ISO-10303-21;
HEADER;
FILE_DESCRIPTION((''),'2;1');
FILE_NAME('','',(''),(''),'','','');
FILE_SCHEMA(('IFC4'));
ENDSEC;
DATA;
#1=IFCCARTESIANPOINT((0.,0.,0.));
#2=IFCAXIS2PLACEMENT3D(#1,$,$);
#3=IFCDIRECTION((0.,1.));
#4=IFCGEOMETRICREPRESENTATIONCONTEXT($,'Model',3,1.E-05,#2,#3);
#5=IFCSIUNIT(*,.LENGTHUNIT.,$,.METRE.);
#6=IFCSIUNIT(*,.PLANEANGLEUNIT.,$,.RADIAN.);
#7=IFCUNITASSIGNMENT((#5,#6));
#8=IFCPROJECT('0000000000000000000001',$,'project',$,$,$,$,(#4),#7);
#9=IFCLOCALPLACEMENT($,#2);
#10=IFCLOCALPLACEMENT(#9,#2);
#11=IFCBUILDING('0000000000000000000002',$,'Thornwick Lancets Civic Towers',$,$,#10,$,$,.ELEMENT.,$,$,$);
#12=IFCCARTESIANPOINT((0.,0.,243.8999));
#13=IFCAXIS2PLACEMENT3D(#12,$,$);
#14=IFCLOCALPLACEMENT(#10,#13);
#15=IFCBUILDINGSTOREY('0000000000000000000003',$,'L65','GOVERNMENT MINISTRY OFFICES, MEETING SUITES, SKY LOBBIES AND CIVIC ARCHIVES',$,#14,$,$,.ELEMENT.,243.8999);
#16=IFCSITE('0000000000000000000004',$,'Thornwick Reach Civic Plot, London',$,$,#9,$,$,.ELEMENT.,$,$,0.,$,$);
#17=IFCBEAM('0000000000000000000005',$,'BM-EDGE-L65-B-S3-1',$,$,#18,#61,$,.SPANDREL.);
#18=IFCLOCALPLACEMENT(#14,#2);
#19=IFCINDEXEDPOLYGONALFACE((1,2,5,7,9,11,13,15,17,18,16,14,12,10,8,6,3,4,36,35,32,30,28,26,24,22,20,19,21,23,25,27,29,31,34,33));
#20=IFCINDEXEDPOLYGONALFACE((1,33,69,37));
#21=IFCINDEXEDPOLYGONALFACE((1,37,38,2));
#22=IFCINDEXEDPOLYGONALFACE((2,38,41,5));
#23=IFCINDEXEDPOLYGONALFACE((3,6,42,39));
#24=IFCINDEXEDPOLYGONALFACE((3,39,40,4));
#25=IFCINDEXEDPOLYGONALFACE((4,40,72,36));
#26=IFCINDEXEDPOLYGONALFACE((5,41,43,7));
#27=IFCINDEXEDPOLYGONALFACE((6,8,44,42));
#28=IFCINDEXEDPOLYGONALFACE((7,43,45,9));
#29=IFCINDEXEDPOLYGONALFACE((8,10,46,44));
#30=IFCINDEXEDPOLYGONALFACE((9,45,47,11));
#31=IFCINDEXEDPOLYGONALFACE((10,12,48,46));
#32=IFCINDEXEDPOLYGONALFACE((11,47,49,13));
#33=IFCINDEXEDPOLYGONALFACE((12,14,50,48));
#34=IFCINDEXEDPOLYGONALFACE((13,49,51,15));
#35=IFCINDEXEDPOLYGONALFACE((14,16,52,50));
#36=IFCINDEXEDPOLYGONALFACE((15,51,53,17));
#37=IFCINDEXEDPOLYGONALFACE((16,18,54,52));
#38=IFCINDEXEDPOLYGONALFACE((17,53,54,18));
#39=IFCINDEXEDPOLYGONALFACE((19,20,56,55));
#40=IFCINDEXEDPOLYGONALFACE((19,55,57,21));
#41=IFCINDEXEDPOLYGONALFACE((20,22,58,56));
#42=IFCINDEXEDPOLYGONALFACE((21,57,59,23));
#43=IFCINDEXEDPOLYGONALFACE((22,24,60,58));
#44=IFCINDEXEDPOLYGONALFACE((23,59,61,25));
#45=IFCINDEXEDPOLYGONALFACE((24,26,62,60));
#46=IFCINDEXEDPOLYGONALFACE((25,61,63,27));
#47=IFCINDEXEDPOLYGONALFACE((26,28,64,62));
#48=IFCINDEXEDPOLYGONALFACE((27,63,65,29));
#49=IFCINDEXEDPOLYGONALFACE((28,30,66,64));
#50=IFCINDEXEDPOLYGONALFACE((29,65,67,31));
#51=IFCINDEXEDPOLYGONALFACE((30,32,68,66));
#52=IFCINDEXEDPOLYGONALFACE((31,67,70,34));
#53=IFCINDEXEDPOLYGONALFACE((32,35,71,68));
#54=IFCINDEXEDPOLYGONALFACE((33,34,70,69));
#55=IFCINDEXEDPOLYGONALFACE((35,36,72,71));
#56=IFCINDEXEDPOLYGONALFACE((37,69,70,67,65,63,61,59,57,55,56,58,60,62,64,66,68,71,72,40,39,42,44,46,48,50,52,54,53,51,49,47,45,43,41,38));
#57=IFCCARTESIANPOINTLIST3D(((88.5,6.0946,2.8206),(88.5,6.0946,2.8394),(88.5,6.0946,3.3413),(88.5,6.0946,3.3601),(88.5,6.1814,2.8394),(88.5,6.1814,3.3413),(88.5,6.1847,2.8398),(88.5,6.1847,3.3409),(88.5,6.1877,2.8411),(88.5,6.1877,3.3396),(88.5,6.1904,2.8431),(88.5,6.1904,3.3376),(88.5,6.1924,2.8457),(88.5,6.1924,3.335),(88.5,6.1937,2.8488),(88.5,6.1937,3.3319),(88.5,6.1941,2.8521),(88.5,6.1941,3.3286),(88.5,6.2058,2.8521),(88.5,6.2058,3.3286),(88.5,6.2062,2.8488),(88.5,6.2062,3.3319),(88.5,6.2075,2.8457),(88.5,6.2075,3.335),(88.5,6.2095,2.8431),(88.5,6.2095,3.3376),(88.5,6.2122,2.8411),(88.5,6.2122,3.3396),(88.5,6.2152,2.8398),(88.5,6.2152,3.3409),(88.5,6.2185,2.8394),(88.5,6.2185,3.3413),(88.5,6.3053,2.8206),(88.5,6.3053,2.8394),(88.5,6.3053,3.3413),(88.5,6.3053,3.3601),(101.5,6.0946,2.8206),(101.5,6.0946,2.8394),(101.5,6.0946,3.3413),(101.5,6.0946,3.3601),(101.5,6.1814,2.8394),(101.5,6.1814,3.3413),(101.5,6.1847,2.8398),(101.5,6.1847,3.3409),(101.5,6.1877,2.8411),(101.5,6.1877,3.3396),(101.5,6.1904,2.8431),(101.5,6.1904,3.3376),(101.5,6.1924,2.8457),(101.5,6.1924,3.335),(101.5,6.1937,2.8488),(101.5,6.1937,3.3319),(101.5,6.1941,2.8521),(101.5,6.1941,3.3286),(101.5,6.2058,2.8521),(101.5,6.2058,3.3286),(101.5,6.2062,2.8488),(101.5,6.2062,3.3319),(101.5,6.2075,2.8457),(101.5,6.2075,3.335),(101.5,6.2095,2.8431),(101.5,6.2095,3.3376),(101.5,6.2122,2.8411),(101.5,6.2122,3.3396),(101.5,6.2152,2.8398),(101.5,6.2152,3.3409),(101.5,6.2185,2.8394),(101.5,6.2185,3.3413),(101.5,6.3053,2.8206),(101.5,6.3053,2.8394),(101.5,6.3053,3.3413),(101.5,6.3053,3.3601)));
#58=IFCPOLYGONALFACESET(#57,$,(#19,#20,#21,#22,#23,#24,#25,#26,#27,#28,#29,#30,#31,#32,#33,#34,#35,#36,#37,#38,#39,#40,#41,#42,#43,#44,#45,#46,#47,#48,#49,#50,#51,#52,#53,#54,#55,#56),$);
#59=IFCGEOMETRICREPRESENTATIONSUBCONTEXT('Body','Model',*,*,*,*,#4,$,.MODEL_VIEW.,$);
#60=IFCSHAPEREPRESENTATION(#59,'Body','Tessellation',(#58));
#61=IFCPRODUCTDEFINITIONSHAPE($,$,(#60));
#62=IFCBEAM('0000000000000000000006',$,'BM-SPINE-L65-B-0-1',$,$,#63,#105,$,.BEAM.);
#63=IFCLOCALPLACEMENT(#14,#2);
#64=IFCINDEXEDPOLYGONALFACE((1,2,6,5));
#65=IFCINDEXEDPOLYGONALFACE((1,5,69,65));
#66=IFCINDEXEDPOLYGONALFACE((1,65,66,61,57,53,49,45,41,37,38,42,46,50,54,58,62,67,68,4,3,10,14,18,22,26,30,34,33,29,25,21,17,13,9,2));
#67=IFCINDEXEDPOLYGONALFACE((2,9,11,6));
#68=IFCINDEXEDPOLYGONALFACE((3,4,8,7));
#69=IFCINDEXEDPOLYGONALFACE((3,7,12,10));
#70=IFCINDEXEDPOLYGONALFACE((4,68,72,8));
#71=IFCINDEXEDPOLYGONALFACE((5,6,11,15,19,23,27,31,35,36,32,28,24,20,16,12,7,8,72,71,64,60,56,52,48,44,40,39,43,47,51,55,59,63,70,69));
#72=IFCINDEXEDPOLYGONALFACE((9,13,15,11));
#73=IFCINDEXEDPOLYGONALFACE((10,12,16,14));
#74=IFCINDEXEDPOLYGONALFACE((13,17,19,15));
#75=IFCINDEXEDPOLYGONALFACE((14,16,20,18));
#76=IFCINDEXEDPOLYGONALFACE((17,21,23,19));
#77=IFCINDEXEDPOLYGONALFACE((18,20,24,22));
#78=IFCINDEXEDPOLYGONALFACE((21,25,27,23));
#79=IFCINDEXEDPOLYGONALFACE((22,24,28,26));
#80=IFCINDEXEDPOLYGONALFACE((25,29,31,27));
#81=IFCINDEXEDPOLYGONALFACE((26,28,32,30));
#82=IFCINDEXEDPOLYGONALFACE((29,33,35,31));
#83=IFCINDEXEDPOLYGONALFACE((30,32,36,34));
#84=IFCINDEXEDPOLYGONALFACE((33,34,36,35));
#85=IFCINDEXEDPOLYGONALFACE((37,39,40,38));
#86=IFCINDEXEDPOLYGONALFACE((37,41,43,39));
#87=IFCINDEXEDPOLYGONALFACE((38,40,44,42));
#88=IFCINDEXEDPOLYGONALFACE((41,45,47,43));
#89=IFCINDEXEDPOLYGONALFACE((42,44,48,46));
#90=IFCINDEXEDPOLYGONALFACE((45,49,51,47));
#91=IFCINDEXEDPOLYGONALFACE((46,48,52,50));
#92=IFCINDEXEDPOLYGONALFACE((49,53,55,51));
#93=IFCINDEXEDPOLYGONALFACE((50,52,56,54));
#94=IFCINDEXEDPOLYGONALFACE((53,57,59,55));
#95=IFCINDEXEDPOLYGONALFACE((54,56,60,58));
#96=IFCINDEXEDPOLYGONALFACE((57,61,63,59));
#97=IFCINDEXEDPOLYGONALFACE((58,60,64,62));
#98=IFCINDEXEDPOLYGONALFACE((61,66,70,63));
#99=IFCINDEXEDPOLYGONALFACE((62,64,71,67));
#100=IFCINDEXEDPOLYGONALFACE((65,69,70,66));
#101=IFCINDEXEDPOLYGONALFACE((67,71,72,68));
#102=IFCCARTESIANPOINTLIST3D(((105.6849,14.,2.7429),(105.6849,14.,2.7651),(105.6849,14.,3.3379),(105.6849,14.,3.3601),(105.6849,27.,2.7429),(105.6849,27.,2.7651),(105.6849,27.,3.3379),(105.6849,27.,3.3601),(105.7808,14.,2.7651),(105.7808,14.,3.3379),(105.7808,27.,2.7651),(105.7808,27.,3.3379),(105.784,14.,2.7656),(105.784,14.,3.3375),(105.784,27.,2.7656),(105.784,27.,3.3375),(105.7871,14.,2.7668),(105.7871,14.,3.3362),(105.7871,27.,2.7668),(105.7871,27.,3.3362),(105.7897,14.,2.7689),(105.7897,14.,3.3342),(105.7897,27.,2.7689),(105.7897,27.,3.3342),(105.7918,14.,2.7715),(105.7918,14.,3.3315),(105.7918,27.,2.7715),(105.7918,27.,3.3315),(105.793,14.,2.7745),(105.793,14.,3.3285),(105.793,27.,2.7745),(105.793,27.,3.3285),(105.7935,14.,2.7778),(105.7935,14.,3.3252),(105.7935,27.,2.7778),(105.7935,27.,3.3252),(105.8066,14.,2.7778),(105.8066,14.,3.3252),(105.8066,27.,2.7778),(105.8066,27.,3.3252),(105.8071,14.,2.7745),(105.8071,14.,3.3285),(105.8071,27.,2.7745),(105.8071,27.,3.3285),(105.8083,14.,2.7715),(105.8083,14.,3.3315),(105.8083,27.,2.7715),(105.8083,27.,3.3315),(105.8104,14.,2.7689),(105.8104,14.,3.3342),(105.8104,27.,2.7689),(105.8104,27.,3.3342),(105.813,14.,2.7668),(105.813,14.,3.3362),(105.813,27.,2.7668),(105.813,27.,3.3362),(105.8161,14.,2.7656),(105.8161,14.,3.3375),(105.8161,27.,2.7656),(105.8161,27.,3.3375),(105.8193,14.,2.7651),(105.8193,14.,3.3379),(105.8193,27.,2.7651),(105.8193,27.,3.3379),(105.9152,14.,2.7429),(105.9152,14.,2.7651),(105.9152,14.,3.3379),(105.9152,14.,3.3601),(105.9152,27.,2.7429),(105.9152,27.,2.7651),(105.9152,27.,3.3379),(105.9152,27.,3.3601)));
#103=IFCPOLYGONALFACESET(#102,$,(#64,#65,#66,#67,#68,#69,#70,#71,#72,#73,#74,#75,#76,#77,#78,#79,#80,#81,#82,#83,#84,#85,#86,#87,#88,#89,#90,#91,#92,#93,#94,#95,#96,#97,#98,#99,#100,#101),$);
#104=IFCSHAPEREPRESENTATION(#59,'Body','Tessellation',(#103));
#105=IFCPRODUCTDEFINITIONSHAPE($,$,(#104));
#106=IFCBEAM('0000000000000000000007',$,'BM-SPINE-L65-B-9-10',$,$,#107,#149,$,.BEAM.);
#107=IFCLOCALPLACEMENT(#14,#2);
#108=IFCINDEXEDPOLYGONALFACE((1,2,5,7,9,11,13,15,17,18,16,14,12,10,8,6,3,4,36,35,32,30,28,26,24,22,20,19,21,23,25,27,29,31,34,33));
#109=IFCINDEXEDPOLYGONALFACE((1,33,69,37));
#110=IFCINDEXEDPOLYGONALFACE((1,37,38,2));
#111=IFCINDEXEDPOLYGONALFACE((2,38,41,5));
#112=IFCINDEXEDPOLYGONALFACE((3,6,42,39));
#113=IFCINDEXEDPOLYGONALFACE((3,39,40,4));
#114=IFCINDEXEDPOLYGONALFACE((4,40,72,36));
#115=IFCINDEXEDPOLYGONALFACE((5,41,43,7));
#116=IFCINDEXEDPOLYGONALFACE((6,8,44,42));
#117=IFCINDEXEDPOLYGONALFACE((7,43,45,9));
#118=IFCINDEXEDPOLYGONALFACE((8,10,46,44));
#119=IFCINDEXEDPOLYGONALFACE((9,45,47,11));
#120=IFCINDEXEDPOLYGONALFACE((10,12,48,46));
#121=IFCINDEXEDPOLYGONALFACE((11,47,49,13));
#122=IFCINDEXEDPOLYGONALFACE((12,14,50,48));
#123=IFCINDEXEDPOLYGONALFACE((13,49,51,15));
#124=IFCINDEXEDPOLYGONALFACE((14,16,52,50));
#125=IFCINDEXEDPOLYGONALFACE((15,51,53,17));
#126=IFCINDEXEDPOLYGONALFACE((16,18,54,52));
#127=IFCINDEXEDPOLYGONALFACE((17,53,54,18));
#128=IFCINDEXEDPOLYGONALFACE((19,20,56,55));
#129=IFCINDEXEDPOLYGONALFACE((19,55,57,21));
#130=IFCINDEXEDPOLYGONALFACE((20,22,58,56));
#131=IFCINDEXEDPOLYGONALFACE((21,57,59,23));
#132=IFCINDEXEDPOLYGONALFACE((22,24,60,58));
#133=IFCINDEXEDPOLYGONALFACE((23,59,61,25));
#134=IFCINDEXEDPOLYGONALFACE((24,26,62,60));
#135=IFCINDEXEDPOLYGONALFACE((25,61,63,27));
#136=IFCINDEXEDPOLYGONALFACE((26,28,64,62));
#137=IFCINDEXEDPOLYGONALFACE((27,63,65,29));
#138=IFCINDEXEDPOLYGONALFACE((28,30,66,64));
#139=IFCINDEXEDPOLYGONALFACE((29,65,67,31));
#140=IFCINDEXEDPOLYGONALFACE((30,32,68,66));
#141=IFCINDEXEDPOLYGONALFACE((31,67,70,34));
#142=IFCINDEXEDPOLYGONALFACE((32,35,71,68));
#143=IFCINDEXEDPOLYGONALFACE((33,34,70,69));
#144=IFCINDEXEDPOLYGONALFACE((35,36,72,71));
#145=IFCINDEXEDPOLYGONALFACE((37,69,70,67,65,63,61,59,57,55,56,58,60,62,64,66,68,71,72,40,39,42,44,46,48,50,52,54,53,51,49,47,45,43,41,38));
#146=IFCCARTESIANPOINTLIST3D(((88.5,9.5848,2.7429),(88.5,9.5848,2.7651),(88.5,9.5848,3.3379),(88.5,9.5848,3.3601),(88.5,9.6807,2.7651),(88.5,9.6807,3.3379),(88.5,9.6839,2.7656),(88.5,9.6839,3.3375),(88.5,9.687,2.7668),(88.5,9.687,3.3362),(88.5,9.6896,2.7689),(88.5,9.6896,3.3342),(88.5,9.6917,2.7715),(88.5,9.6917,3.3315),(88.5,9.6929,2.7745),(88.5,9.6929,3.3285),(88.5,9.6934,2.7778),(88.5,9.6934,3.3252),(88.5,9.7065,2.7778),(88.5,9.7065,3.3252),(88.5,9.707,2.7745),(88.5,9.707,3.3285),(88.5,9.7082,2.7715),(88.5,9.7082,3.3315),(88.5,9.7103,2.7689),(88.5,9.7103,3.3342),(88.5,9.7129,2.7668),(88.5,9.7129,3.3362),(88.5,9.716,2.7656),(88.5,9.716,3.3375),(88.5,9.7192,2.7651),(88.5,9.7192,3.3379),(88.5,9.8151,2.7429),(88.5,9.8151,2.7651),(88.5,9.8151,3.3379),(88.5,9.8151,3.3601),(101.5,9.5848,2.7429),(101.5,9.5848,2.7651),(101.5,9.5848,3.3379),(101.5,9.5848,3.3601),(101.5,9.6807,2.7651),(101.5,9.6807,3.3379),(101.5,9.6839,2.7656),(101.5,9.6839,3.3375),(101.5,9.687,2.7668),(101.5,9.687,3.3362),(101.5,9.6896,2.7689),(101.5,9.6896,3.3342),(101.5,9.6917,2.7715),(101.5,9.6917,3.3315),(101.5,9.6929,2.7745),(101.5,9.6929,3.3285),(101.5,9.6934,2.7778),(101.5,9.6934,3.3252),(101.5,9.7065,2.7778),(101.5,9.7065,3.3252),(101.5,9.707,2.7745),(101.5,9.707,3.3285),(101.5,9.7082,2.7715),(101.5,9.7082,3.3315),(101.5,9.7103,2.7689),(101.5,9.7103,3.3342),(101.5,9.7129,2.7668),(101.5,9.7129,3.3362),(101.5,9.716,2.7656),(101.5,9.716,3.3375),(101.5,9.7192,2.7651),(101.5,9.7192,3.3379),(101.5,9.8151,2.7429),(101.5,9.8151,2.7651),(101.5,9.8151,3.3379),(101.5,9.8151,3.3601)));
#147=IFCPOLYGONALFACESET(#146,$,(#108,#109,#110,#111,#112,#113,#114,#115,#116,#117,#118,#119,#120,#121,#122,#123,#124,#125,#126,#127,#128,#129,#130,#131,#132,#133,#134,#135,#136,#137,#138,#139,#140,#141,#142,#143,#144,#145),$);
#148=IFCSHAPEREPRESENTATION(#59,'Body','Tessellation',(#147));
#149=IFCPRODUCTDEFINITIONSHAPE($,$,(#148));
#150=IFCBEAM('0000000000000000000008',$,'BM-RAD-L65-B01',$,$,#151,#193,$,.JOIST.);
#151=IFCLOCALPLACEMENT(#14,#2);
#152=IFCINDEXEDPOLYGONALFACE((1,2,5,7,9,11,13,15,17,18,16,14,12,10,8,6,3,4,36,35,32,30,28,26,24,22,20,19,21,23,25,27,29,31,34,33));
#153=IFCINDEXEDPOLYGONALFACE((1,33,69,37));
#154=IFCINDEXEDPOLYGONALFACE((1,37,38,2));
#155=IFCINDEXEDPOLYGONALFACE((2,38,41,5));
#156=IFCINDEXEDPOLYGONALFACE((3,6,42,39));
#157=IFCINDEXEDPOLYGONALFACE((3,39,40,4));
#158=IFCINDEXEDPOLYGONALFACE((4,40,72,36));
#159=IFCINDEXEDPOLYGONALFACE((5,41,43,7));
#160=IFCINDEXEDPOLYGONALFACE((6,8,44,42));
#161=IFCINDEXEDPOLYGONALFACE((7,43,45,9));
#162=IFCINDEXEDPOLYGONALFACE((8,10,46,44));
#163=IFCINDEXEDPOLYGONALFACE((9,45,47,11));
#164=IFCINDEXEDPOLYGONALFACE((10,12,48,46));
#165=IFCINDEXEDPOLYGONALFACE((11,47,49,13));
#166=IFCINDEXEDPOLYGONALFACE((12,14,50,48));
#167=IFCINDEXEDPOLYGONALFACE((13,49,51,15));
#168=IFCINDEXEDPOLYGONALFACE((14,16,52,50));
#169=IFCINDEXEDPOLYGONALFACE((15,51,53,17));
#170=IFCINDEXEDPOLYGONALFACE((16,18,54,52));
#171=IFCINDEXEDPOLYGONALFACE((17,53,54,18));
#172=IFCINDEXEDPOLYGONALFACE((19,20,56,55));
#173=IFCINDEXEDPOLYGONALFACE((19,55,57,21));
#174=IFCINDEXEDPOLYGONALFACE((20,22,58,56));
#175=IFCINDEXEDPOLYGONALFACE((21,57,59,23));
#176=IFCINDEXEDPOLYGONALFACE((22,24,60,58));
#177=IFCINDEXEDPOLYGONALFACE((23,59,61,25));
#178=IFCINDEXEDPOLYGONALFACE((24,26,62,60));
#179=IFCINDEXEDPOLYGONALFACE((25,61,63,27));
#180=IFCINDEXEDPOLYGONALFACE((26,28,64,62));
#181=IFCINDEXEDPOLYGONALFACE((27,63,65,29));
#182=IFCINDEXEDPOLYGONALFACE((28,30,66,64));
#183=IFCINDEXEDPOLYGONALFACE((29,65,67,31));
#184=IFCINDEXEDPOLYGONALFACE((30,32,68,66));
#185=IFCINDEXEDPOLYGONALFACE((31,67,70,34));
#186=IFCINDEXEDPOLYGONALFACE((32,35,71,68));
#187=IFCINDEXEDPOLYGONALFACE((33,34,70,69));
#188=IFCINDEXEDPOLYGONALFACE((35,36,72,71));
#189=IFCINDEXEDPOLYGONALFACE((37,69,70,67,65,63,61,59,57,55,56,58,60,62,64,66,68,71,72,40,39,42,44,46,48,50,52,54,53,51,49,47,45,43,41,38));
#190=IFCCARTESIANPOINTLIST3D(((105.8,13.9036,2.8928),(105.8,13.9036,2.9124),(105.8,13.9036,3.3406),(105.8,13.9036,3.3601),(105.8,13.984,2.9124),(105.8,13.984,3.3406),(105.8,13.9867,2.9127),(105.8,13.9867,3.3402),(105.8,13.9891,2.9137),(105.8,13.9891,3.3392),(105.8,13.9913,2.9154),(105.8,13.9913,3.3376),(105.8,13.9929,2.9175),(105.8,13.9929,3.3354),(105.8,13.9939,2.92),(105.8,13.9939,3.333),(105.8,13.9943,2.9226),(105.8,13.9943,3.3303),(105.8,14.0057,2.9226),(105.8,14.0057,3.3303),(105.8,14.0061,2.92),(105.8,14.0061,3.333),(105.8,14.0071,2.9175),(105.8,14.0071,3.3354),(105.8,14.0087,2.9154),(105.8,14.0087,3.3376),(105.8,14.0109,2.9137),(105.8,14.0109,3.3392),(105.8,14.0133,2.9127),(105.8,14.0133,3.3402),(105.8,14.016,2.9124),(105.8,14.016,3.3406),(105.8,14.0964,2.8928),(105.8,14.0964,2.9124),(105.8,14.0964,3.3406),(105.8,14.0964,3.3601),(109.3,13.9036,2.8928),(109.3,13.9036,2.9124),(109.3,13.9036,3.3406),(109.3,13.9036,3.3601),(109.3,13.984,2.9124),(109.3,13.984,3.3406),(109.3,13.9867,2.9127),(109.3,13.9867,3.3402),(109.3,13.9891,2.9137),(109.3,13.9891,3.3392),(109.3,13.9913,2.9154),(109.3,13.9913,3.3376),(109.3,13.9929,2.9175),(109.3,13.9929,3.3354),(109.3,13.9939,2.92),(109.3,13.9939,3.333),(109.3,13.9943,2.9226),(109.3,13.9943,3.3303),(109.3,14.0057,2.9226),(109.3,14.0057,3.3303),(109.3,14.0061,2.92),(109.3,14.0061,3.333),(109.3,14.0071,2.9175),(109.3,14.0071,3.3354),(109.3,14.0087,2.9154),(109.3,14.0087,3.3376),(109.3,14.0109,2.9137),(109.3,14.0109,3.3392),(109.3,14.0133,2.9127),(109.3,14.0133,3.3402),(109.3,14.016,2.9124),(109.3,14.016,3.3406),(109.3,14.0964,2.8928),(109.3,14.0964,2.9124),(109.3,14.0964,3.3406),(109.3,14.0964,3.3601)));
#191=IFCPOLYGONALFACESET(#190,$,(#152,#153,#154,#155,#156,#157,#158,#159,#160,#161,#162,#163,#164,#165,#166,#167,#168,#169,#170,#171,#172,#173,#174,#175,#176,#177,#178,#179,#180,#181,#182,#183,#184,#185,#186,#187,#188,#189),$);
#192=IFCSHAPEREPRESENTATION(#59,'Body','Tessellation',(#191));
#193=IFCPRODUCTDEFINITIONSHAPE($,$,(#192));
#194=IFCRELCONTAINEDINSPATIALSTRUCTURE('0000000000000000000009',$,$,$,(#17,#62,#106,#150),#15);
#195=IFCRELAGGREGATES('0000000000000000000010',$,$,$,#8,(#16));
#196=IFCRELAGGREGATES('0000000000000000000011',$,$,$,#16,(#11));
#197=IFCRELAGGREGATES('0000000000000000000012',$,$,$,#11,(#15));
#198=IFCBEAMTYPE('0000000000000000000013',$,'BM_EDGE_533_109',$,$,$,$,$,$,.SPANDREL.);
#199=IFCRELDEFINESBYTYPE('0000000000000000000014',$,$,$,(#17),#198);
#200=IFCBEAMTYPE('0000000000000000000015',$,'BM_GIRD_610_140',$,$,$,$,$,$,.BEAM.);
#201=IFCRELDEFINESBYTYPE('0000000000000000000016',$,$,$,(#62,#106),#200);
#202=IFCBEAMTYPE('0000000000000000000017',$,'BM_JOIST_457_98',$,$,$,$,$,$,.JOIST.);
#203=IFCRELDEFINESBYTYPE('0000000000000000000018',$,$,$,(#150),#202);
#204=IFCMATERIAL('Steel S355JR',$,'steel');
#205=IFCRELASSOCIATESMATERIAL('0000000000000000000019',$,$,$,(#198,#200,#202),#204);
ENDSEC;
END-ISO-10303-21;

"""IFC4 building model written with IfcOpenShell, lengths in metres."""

from ifc_helpers import new_model, si_unit, direction, frame, origin, origin_2d, place, context, subcontext, project, spatial, i_section, extrude, material, material_profile, profile_set, type_object, element, save


model = new_model("IFC4")

# Units and contexts
model_context = context("Model", 3, precision=1e-05, world=origin(), true_north=direction((0.0, 1.0)))
body_context = subcontext(model_context, "Body", "Model", "MODEL_VIEW")
ifc_project = project(units=[si_unit("LENGTHUNIT", "METRE"), si_unit("PLANEANGLEUNIT", "RADIAN")], contexts=[model_context])

# Site, building, storey
site_placement = place(None, origin())
site = spatial("IfcSite", under=ifc_project, at=site_placement, Name="Thornwick Reach Civic Plot, London", CompositionType="ELEMENT", RefElevation=0.0)
building_placement = place(site_placement, origin())
building = spatial("IfcBuilding", under=site, at=building_placement, Name="Thornwick Lancets Civic Towers", CompositionType="ELEMENT")
storey_placement = place(building_placement, frame((0.0, 0.0, 243.8999)))
storey = spatial("IfcBuildingStorey", under=building, at=storey_placement, Name="L65", Description="GOVERNMENT MINISTRY OFFICES, MEETING SUITES, SKY LOBBIES AND CIVIC ARCHIVES", CompositionType="ELEMENT", Elevation=243.8999)

# Shared definitions
ifc_material_1 = material(Name="Steel S355JR", Category="steel")

# Beams
ifc_material_profile_1 = material_profile(ifc_material_1, i_section(OverallWidth=0.2107, OverallDepth=0.5396, WebThickness=0.0117, FlangeThickness=0.0188, FilletRadius=0.0127, at=origin_2d()), Name="UKB 533x210x109")
ifc_profile_set_1 = profile_set([ifc_material_profile_1], Name="Steel S355JR")
beam_type_1 = type_object("IfcBeamType", Name="BM_EDGE_533_109", PredefinedType="SPANDREL", material=ifc_profile_set_1)
for number, where, z_axis, x_axis, name in (
    (1, (101.5, 6.2, 3.0903), (-1.0, 0.0, 0.0), (0.0, -1.0, 0.0), "BM-EDGE-L65-B-S3-1"),
):
    element("IfcBeam", number, at=place(storey_placement, frame(where, z_axis=z_axis, x_axis=x_axis)), inside=storey, type_object=beam_type_1, Name=name, PredefinedType="SPANDREL", context=body_context, shape_type="SweptSolid", body=[
        extrude(i_section(OverallWidth=0.2107, OverallDepth=0.5396, WebThickness=0.0117, FlangeThickness=0.0188, FilletRadius=0.0127, at=origin_2d()), origin(), (0.0, 0.0, 1.0), 13.0),
    ])
ifc_material_profile_2 = material_profile(ifc_material_1, i_section(OverallWidth=0.2302, OverallDepth=0.6172, WebThickness=0.0132, FlangeThickness=0.0222, FilletRadius=0.0127, at=origin_2d()), Name="UKB 610x229x140")
ifc_profile_set_2 = profile_set([ifc_material_profile_2], Name="Steel S355JR")
beam_type_2 = type_object("IfcBeamType", Name="BM_GIRD_610_140", PredefinedType="BEAM", material=ifc_profile_set_2)
for number, where, z_axis, x_axis, name in (
    (2, (105.8, 14.0, 3.0515), (0.0, 1.0, 0.0), (-1.0, 0.0, 0.0), "BM-SPINE-L65-B-0-1"),
    (3, (101.5, 9.7, 3.0515), (-1.0, 0.0, 0.0), (0.0, -1.0, 0.0), "BM-SPINE-L65-B-9-10"),
):
    element("IfcBeam", number, at=place(storey_placement, frame(where, z_axis=z_axis, x_axis=x_axis)), inside=storey, type_object=beam_type_2, Name=name, PredefinedType="BEAM", context=body_context, shape_type="SweptSolid", body=[
        extrude(i_section(OverallWidth=0.2302, OverallDepth=0.6172, WebThickness=0.0132, FlangeThickness=0.0222, FilletRadius=0.0127, at=origin_2d()), origin(), (0.0, 0.0, 1.0), 13.0),
    ])
ifc_material_profile_3 = material_profile(ifc_material_1, i_section(OverallWidth=0.1929, OverallDepth=0.4673, WebThickness=0.0115, FlangeThickness=0.0195, FilletRadius=0.0103, at=origin_2d()), Name="UKB 457x191x98")
ifc_profile_set_3 = profile_set([ifc_material_profile_3], Name="Steel S355JR")
beam_type_3 = type_object("IfcBeamType", Name="BM_JOIST_457_98", PredefinedType="JOIST", material=ifc_profile_set_3)
for number, where, z_axis, x_axis, name in (
    (4, (105.8, 14.0, 3.1265), (1.0, 0.0, 0.0), (0.0, 1.0, 0.0), "BM-RAD-L65-B01"),
):
    element("IfcBeam", number, at=place(storey_placement, frame(where, z_axis=z_axis, x_axis=x_axis)), inside=storey, type_object=beam_type_3, Name=name, PredefinedType="JOIST", context=body_context, shape_type="SweptSolid", body=[
        extrude(i_section(OverallWidth=0.1929, OverallDepth=0.4673, WebThickness=0.0115, FlangeThickness=0.0195, FilletRadius=0.0103, at=origin_2d()), origin(), (0.0, 0.0, 1.0), 3.5),
    ])

save(model, "model.ifc")
